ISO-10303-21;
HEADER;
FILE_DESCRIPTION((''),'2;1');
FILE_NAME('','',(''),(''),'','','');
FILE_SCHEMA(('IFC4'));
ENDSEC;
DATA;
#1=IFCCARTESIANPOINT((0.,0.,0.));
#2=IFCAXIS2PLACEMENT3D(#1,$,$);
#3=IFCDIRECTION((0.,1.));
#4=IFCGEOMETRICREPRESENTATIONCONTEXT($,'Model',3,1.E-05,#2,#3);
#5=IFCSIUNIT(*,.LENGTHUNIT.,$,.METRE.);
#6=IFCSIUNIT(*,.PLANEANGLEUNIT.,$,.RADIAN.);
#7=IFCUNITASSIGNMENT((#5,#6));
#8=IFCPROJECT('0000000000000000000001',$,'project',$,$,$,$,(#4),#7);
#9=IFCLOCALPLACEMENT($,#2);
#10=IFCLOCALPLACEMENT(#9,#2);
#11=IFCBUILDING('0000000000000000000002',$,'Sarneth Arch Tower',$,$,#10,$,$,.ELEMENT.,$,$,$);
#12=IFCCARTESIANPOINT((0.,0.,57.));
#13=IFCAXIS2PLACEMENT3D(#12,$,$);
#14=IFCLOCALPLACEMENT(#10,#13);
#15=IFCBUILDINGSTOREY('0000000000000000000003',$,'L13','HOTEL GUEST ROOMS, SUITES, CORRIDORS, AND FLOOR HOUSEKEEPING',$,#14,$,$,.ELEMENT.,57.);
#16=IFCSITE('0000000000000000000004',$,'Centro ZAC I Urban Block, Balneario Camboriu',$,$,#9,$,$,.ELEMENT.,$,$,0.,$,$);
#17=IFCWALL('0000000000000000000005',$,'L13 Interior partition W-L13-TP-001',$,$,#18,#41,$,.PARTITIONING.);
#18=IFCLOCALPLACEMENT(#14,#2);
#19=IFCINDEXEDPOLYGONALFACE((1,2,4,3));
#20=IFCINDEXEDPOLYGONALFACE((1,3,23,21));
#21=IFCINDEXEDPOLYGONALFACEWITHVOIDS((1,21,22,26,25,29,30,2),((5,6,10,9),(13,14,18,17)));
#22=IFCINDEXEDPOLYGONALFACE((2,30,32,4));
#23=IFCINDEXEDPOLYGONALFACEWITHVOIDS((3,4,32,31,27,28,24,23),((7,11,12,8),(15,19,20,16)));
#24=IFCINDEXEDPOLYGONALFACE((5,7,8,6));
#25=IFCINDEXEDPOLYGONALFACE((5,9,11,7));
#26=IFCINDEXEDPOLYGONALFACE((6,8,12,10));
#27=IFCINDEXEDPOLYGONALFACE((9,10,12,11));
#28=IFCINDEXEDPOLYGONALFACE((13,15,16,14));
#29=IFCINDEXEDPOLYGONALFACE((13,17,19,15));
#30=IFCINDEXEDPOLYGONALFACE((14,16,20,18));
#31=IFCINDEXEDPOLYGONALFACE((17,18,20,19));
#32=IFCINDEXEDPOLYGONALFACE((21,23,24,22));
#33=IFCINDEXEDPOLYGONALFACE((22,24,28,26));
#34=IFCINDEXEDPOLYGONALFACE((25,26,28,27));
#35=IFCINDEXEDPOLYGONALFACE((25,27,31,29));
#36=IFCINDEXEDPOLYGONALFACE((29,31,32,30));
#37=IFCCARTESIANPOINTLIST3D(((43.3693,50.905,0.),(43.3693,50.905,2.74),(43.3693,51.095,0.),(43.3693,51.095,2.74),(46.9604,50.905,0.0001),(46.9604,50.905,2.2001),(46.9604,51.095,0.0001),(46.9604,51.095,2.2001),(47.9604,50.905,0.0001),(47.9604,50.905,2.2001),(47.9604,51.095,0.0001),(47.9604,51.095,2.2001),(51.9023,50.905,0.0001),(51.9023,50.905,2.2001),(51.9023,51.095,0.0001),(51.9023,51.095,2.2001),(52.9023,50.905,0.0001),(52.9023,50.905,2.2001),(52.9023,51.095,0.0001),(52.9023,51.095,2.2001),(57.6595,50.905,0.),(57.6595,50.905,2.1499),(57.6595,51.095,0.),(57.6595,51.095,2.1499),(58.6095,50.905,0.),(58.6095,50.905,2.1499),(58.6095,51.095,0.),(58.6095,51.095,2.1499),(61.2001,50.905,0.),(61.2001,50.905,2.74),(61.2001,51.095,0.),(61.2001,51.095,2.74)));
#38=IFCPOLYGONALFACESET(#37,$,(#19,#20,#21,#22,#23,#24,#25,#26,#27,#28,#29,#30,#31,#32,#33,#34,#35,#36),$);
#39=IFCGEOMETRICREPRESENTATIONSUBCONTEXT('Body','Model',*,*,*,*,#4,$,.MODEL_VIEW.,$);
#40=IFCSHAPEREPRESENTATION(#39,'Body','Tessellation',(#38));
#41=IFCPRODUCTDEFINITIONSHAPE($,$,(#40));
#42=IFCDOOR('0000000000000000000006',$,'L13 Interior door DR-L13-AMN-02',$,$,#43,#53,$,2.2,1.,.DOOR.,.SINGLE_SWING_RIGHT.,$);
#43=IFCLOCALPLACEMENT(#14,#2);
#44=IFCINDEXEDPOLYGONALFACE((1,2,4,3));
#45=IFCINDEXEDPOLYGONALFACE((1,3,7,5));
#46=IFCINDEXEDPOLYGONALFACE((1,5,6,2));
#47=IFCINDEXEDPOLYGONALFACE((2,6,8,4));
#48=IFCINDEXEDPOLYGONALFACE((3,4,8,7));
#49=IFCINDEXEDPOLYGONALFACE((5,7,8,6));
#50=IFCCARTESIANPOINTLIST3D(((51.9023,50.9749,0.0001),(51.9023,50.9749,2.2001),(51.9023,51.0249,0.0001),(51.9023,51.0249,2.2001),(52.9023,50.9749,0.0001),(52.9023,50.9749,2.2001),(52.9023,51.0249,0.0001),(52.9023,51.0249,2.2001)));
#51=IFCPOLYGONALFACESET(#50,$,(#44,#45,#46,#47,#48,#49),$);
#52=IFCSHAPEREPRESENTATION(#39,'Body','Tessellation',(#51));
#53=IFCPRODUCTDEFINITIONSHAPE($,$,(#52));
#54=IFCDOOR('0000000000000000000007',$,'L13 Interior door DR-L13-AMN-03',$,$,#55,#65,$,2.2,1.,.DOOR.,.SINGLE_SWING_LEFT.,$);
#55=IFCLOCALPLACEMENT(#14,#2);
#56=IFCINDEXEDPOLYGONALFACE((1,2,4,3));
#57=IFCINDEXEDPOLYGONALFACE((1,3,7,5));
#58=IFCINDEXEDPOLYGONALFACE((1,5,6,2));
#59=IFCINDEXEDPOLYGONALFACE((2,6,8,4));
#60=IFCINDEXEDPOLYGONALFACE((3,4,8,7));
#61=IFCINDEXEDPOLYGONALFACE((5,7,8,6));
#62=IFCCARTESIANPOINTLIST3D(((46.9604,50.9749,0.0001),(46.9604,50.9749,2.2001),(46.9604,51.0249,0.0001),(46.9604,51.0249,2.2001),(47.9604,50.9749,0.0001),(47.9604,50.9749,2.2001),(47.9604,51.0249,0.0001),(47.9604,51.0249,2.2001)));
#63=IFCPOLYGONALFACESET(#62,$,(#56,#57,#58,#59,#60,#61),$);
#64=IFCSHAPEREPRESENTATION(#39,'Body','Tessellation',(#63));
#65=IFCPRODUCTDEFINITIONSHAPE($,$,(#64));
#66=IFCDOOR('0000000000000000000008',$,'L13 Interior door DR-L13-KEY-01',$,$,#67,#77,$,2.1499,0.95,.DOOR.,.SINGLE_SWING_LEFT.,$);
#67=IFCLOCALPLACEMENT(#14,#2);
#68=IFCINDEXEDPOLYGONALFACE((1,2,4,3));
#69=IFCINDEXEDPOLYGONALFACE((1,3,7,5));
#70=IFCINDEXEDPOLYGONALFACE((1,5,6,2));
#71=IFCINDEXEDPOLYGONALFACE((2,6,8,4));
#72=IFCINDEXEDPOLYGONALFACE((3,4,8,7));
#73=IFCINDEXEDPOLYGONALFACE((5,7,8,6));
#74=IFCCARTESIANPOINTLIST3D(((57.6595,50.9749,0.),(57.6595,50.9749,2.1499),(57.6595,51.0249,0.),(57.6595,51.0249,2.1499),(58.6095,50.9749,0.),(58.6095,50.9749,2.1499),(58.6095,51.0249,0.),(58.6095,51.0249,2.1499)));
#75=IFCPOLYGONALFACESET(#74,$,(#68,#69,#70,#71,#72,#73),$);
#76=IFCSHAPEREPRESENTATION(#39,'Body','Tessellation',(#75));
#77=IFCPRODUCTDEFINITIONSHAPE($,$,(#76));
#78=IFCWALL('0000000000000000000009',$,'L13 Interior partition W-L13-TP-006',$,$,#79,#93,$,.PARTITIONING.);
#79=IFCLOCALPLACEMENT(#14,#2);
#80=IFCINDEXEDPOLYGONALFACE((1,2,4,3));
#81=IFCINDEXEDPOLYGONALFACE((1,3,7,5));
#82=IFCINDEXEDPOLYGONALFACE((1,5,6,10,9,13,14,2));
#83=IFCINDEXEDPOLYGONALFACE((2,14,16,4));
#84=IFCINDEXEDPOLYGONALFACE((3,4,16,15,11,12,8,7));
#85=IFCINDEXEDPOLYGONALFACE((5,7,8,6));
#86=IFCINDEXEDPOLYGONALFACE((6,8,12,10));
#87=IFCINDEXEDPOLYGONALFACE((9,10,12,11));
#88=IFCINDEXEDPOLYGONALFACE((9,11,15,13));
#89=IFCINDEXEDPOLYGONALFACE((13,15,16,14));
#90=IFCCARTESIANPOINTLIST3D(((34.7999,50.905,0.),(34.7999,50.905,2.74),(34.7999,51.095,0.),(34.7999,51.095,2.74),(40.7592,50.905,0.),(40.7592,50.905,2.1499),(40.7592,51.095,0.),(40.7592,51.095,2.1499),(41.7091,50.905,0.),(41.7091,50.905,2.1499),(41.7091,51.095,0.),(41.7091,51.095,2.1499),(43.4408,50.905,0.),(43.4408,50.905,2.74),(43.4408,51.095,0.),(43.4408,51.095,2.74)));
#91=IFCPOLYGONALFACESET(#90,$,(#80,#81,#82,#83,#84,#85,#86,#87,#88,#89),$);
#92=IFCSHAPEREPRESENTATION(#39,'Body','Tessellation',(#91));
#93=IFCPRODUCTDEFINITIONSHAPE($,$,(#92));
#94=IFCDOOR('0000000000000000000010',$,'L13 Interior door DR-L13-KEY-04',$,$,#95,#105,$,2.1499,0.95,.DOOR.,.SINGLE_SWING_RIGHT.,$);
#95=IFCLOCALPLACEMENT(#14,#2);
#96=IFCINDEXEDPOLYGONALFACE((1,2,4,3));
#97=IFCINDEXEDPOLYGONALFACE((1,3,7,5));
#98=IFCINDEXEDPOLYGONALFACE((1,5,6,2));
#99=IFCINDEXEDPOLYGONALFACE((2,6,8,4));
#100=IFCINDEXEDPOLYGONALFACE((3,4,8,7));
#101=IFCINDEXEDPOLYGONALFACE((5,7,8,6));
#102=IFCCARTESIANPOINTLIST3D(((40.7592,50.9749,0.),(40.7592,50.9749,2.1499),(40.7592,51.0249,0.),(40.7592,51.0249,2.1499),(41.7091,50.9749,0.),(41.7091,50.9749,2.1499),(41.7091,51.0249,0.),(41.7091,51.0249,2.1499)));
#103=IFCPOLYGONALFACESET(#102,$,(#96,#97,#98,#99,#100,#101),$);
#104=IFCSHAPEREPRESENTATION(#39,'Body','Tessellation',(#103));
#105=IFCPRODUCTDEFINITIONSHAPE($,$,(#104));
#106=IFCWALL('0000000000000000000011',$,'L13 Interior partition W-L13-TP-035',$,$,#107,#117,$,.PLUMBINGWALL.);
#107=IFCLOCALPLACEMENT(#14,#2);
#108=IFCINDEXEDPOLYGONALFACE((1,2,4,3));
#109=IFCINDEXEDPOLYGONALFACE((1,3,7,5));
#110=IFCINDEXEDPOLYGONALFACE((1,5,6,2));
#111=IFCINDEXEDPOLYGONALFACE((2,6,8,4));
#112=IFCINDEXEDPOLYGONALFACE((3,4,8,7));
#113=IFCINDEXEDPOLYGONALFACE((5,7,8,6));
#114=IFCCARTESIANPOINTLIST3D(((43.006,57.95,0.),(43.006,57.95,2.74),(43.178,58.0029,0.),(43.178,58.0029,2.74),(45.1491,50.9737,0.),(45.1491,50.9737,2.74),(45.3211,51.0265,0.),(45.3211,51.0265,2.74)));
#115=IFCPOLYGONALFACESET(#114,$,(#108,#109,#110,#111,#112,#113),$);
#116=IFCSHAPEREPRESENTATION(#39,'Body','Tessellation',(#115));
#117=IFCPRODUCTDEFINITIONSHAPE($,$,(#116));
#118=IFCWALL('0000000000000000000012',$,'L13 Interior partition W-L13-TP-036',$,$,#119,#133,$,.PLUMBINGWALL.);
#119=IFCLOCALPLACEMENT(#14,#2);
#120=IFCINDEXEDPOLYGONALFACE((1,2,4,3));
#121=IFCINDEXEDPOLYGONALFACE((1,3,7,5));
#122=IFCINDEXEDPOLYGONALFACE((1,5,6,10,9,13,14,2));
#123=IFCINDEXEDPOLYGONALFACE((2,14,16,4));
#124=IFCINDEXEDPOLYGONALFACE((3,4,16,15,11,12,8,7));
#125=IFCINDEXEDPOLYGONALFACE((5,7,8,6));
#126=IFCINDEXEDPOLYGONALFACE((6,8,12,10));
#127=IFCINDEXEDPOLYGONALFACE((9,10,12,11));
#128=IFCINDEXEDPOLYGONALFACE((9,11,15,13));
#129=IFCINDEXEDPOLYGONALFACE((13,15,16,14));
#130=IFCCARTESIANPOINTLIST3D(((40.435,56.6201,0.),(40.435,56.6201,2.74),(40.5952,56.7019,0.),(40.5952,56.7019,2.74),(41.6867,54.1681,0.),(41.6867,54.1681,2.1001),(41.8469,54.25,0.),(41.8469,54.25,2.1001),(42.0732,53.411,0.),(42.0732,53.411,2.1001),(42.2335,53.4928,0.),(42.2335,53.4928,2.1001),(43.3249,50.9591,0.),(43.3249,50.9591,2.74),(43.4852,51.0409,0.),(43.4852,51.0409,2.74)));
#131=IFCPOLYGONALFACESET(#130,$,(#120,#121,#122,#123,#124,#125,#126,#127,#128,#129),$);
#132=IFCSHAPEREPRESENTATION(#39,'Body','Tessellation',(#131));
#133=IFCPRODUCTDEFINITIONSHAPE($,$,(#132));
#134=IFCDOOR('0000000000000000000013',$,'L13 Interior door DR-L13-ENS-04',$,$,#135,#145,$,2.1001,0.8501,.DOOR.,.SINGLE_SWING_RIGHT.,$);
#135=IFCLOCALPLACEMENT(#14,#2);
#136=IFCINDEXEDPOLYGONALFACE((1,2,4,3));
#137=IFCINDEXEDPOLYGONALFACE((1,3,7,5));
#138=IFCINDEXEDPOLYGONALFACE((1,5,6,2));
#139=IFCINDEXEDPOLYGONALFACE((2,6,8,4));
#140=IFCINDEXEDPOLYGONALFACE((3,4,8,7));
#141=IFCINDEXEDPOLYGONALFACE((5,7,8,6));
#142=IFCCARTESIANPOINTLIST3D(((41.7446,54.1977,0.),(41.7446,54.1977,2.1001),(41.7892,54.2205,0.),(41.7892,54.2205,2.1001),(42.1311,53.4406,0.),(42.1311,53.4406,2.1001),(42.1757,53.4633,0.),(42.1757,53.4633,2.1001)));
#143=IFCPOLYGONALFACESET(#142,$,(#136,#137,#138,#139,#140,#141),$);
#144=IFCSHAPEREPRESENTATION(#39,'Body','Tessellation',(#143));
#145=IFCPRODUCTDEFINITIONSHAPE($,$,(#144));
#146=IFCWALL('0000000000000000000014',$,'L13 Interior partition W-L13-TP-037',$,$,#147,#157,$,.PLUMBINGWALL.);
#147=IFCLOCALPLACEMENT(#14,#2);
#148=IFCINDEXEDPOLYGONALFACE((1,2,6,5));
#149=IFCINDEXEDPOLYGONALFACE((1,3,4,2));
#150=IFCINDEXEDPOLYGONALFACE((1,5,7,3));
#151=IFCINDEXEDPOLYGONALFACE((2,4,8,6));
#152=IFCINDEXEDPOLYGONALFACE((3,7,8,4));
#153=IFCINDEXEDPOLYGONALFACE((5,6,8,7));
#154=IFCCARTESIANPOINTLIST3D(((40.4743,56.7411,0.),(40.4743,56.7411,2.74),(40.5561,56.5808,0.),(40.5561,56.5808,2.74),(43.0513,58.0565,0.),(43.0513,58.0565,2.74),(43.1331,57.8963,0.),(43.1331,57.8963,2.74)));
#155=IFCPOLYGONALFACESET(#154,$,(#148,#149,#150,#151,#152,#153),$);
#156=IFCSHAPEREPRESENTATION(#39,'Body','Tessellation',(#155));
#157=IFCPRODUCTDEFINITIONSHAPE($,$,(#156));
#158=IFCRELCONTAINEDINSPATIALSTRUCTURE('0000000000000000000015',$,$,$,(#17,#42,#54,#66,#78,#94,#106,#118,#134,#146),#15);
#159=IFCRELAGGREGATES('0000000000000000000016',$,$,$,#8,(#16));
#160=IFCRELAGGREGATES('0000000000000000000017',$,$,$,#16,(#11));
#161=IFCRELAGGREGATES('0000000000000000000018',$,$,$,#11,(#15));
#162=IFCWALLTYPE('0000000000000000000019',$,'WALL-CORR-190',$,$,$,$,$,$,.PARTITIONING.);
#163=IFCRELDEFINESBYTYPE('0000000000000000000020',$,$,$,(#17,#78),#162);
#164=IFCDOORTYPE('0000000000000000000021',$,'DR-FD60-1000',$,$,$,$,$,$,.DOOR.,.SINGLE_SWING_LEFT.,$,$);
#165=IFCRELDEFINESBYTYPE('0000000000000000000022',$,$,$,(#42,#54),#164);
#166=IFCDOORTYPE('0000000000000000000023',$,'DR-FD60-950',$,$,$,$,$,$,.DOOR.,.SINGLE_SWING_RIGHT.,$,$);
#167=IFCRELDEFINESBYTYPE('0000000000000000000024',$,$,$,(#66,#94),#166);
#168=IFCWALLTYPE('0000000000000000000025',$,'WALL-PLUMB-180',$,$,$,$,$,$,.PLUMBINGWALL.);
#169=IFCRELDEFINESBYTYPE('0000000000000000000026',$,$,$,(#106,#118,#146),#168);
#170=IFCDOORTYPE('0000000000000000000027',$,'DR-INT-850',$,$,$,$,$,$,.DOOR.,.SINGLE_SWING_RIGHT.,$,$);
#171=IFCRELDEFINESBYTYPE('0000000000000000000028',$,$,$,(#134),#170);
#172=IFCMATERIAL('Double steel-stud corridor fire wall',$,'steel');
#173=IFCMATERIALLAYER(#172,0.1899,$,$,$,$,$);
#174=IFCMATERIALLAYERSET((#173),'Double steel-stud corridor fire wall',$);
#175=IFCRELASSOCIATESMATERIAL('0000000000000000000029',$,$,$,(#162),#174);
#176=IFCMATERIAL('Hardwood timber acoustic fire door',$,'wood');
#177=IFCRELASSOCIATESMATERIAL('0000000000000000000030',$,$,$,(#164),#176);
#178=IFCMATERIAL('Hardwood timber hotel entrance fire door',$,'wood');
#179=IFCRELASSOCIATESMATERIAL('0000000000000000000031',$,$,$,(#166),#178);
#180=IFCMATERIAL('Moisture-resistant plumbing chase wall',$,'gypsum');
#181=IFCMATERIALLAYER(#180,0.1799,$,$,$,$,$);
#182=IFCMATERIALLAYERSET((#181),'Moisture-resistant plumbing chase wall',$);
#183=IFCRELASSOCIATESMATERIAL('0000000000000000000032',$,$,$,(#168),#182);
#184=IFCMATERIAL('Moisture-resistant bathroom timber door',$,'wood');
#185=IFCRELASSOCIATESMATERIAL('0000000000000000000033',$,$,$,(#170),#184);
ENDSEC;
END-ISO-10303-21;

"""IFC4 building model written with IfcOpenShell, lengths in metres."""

from ifc_helpers import new_model, si_unit, direction, frame, frame_2d, origin, place, context, subcontext, project, spatial, rectangle, extrude, material, layer, layer_set, type_object, element, fill, save


model = new_model("IFC4")

# Units and contexts
model_context = context("Model", 3, precision=1e-05, world=origin(), true_north=direction((0.0, 1.0)))
body_context = subcontext(model_context, "Body", "Model", "MODEL_VIEW")
ifc_project = project(units=[si_unit("LENGTHUNIT", "METRE"), si_unit("PLANEANGLEUNIT", "RADIAN")], contexts=[model_context])

# Site, building, storey
site_placement = place(None, origin())
site = spatial("IfcSite", under=ifc_project, at=site_placement, Name="Centro ZAC I Urban Block, Balneario Camboriu", CompositionType="ELEMENT", RefElevation=0.0)
building_placement = place(site_placement, origin())
building = spatial("IfcBuilding", under=site, at=building_placement, Name="Sarneth Arch Tower", CompositionType="ELEMENT")
storey_placement = place(building_placement, frame((0.0, 0.0, 57.0)))
storey = spatial("IfcBuildingStorey", under=building, at=storey_placement, Name="L13", Description="HOTEL GUEST ROOMS, SUITES, CORRIDORS, AND FLOOR HOUSEKEEPING", CompositionType="ELEMENT", Elevation=57.0)

# Wall, openings, doors
ifc_material_1 = material(Name="Double steel-stud corridor fire wall", Category="steel")
ifc_layer_1 = layer(ifc_material_1, 0.1899)
ifc_layer_set_1 = layer_set([ifc_layer_1], Name="Double steel-stud corridor fire wall")
wall_type_1 = type_object("IfcWallType", Name="WALL-CORR-190", PredefinedType="PARTITIONING", material=ifc_layer_set_1)
wall_1_placement = place(storey_placement, frame((43.3691, 51.0, 0.0), z_axis=(0.0, 0.0, 1.0), x_axis=(1.0, 0.0, 0.0)))
wall_1 = element("IfcWall", 1, at=wall_1_placement, inside=storey, type_object=wall_type_1, Name="L13 Interior partition W-L13-TP-001", PredefinedType="PARTITIONING", context=body_context, shape_type="SweptSolid", body=[
    extrude(rectangle(XDim=17.8308, YDim=0.1899, at=frame_2d((8.9155, 0.0))), origin(), (0.0, 0.0, 1.0), 2.74),
])
opening_1_placement = place(wall_1_placement, frame((14.2903, 0.0, 0.0)))
opening_1 = element("IfcOpeningElement", 2, at=opening_1_placement, cuts=wall_1, PredefinedType="OPENING", context=body_context, shape_type="SweptSolid", body=[
    extrude(rectangle(XDim=0.95, YDim=2.1499, at=frame_2d((0.4751, 1.075))), frame((0.0, 0.105, 0.0), z_axis=(0.0, -1.0, 0.0), x_axis=(1.0, 0.0, 0.0)), (0.0, 0.0, 1.0), 0.21),
])
opening_2_placement = place(wall_1_placement, frame((8.5332, 0.0, 0.0)))
opening_2 = element("IfcOpeningElement", 3, at=opening_2_placement, cuts=wall_1, PredefinedType="OPENING", context=body_context, shape_type="SweptSolid", body=[
    extrude(rectangle(XDim=1.0, YDim=2.2, at=frame_2d((0.5, 1.1001))), frame((0.0, 0.105, 0.0), z_axis=(0.0, -1.0, 0.0), x_axis=(1.0, 0.0, 0.0)), (0.0, 0.0, 1.0), 0.21),
])
opening_3_placement = place(wall_1_placement, frame((3.5913, 0.0, 0.0)))
opening_3 = element("IfcOpeningElement", 4, at=opening_3_placement, cuts=wall_1, PredefinedType="OPENING", context=body_context, shape_type="SweptSolid", body=[
    extrude(rectangle(XDim=1.0, YDim=2.2, at=frame_2d((0.5, 1.1001))), frame((0.0, 0.105, 0.0), z_axis=(0.0, -1.0, 0.0), x_axis=(1.0, 0.0, 0.0)), (0.0, 0.0, 1.0), 0.21),
])
ifc_material_2 = material(Name="Hardwood timber acoustic fire door", Category="wood")
door_type_1 = type_object("IfcDoorType", Name="DR-FD60-1000", OperationType="SINGLE_SWING_LEFT", PredefinedType="DOOR", material=ifc_material_2)
door_1_placement = place(opening_2_placement, origin())
door_1 = element("IfcDoor", 5, at=door_1_placement, inside=storey, type_object=door_type_1, Name="L13 Interior door DR-L13-AMN-02", OperationType="SINGLE_SWING_RIGHT", OverallHeight=2.2, OverallWidth=1.0, PredefinedType="DOOR", context=body_context, shape_type="SweptSolid", body=[
    extrude(rectangle(XDim=1.0, YDim=2.2, at=frame_2d((0.5, 1.1001))), frame((0.0, 0.0249, 0.0), z_axis=(0.0, -1.0, 0.0), x_axis=(1.0, 0.0, 0.0)), (0.0, 0.0, 1.0), 0.05),
])
fill(opening_2, door_1)
door_2_placement = place(opening_3_placement, origin())
door_2 = element("IfcDoor", 6, at=door_2_placement, inside=storey, type_object=door_type_1, Name="L13 Interior door DR-L13-AMN-03", OperationType="SINGLE_SWING_LEFT", OverallHeight=2.2, OverallWidth=1.0, PredefinedType="DOOR", context=body_context, shape_type="SweptSolid", body=[
    extrude(rectangle(XDim=1.0, YDim=2.2, at=frame_2d((0.5, 1.1001))), frame((0.0, 0.0249, 0.0), z_axis=(0.0, -1.0, 0.0), x_axis=(1.0, 0.0, 0.0)), (0.0, 0.0, 1.0), 0.05),
])
fill(opening_3, door_2)
ifc_material_3 = material(Name="Hardwood timber hotel entrance fire door", Category="wood")
door_type_2 = type_object("IfcDoorType", Name="DR-FD60-950", OperationType="SINGLE_SWING_RIGHT", PredefinedType="DOOR", material=ifc_material_3)
door_3_placement = place(opening_1_placement, origin())
door_3 = element("IfcDoor", 7, at=door_3_placement, inside=storey, type_object=door_type_2, Name="L13 Interior door DR-L13-KEY-01", OperationType="SINGLE_SWING_LEFT", OverallHeight=2.1499, OverallWidth=0.95, PredefinedType="DOOR", context=body_context, shape_type="SweptSolid", body=[
    extrude(rectangle(XDim=0.95, YDim=2.1499, at=frame_2d((0.4751, 1.075))), frame((0.0, 0.0249, 0.0), z_axis=(0.0, -1.0, 0.0), x_axis=(1.0, 0.0, 0.0)), (0.0, 0.0, 1.0), 0.05),
])
fill(opening_1, door_3)

# Wall, opening, door
wall_2_placement = place(storey_placement, frame((34.8, 51.0, 0.0), z_axis=(0.0, 0.0, 1.0), x_axis=(1.0, 0.0, 0.0)))
wall_2 = element("IfcWall", 8, at=wall_2_placement, inside=storey, type_object=wall_type_1, Name="L13 Interior partition W-L13-TP-006", PredefinedType="PARTITIONING", context=body_context, shape_type="SweptSolid", body=[
    extrude(rectangle(XDim=8.6409, YDim=0.1899, at=frame_2d((4.3203, 0.0))), origin(), (0.0, 0.0, 1.0), 2.74),
])
opening_4_placement = place(wall_2_placement, frame((5.959, 0.0, 0.0)))
opening_4 = element("IfcOpeningElement", 9, at=opening_4_placement, cuts=wall_2, PredefinedType="OPENING", context=body_context, shape_type="SweptSolid", body=[
    extrude(rectangle(XDim=0.95, YDim=2.1499, at=frame_2d((0.4751, 1.075))), frame((0.0, 0.105, 0.0), z_axis=(0.0, -1.0, 0.0), x_axis=(1.0, 0.0, 0.0)), (0.0, 0.0, 1.0), 0.21),
])
door_4_placement = place(opening_4_placement, origin())
door_4 = element("IfcDoor", 10, at=door_4_placement, inside=storey, type_object=door_type_2, Name="L13 Interior door DR-L13-KEY-04", OperationType="SINGLE_SWING_RIGHT", OverallHeight=2.1499, OverallWidth=0.95, PredefinedType="DOOR", context=body_context, shape_type="SweptSolid", body=[
    extrude(rectangle(XDim=0.95, YDim=2.1499, at=frame_2d((0.4751, 1.075))), frame((0.0, 0.0249, 0.0), z_axis=(0.0, -1.0, 0.0), x_axis=(1.0, 0.0, 0.0)), (0.0, 0.0, 1.0), 0.05),
])
fill(opening_4, door_4)

# Wall
ifc_material_4 = material(Name="Moisture-resistant plumbing chase wall", Category="gypsum")
ifc_layer_2 = layer(ifc_material_4, 0.1799)
ifc_layer_set_2 = layer_set([ifc_layer_2], Name="Moisture-resistant plumbing chase wall")
wall_type_2 = type_object("IfcWallType", Name="WALL-PLUMB-180", PredefinedType="PLUMBINGWALL", material=ifc_layer_set_2)
wall_3_placement = place(storey_placement, frame((43.092, 57.9763, 0.0), z_axis=(0.0, 0.0, 1.0), x_axis=(0.293649, -0.955913, 0.0)))
element("IfcWall", 11, at=wall_3_placement, inside=storey, type_object=wall_type_2, Name="L13 Interior partition W-L13-TP-035", PredefinedType="PLUMBINGWALL", context=body_context, shape_type="SweptSolid", body=[
    extrude(rectangle(XDim=7.2981, YDim=0.1799, at=frame_2d((3.6489, 0.0))), origin(), (0.0, 0.0, 1.0), 2.74),
])

# Wall, opening, door
wall_4_placement = place(storey_placement, frame((43.405, 51.0, 0.0), z_axis=(0.0, 0.0, 1.0), x_axis=(-0.454681, 0.890655, 0.0)))
wall_4 = element("IfcWall", 12, at=wall_4_placement, inside=storey, type_object=wall_type_2, Name="L13 Interior partition W-L13-TP-036", PredefinedType="PLUMBINGWALL", context=body_context, shape_type="SweptSolid", body=[
    extrude(rectangle(XDim=6.356, YDim=0.1799, at=frame_2d((3.178, 0.0))), origin(), (0.0, 0.0, 1.0), 2.74),
])
opening_5_placement = place(wall_4_placement, frame((2.7529, 0.0, 0.0)))
opening_5 = element("IfcOpeningElement", 13, at=opening_5_placement, cuts=wall_4, PredefinedType="OPENING", context=body_context, shape_type="SweptSolid", body=[
    extrude(rectangle(XDim=0.8501, YDim=2.1001, at=frame_2d((0.425, 1.05))), frame((0.0, 0.0999, 0.0), z_axis=(0.0, -1.0, 0.0), x_axis=(1.0, 0.0, 0.0)), (0.0, 0.0, 1.0), 0.2),
])
ifc_material_5 = material(Name="Moisture-resistant bathroom timber door", Category="wood")
door_type_3 = type_object("IfcDoorType", Name="DR-INT-850", OperationType="SINGLE_SWING_RIGHT", PredefinedType="DOOR", material=ifc_material_5)
door_5_placement = place(opening_5_placement, origin())
door_5 = element("IfcDoor", 14, at=door_5_placement, inside=storey, type_object=door_type_3, Name="L13 Interior door DR-L13-ENS-04", OperationType="SINGLE_SWING_RIGHT", OverallHeight=2.1001, OverallWidth=0.8501, PredefinedType="DOOR", context=body_context, shape_type="SweptSolid", body=[
    extrude(rectangle(XDim=0.8501, YDim=2.1001, at=frame_2d((0.425, 1.05))), frame((0.0, 0.0249, 0.0), z_axis=(0.0, -1.0, 0.0), x_axis=(1.0, 0.0, 0.0)), (0.0, 0.0, 1.0), 0.05),
])
fill(opening_5, door_5)

# Wall
wall_5_placement = place(storey_placement, frame((40.5151, 56.6609, 0.0), z_axis=(0.0, 0.0, 1.0), x_axis=(0.890666, 0.454658, 0.0)))
element("IfcWall", 15, at=wall_5_placement, inside=storey, type_object=wall_type_2, Name="L13 Interior partition W-L13-TP-037", PredefinedType="PLUMBINGWALL", context=body_context, shape_type="SweptSolid", body=[
    extrude(rectangle(XDim=2.8933, YDim=0.1799, at=frame_2d((1.4468, 0.0))), origin(), (0.0, 0.0, 1.0), 2.74),
])

save(model, "model.ifc")
